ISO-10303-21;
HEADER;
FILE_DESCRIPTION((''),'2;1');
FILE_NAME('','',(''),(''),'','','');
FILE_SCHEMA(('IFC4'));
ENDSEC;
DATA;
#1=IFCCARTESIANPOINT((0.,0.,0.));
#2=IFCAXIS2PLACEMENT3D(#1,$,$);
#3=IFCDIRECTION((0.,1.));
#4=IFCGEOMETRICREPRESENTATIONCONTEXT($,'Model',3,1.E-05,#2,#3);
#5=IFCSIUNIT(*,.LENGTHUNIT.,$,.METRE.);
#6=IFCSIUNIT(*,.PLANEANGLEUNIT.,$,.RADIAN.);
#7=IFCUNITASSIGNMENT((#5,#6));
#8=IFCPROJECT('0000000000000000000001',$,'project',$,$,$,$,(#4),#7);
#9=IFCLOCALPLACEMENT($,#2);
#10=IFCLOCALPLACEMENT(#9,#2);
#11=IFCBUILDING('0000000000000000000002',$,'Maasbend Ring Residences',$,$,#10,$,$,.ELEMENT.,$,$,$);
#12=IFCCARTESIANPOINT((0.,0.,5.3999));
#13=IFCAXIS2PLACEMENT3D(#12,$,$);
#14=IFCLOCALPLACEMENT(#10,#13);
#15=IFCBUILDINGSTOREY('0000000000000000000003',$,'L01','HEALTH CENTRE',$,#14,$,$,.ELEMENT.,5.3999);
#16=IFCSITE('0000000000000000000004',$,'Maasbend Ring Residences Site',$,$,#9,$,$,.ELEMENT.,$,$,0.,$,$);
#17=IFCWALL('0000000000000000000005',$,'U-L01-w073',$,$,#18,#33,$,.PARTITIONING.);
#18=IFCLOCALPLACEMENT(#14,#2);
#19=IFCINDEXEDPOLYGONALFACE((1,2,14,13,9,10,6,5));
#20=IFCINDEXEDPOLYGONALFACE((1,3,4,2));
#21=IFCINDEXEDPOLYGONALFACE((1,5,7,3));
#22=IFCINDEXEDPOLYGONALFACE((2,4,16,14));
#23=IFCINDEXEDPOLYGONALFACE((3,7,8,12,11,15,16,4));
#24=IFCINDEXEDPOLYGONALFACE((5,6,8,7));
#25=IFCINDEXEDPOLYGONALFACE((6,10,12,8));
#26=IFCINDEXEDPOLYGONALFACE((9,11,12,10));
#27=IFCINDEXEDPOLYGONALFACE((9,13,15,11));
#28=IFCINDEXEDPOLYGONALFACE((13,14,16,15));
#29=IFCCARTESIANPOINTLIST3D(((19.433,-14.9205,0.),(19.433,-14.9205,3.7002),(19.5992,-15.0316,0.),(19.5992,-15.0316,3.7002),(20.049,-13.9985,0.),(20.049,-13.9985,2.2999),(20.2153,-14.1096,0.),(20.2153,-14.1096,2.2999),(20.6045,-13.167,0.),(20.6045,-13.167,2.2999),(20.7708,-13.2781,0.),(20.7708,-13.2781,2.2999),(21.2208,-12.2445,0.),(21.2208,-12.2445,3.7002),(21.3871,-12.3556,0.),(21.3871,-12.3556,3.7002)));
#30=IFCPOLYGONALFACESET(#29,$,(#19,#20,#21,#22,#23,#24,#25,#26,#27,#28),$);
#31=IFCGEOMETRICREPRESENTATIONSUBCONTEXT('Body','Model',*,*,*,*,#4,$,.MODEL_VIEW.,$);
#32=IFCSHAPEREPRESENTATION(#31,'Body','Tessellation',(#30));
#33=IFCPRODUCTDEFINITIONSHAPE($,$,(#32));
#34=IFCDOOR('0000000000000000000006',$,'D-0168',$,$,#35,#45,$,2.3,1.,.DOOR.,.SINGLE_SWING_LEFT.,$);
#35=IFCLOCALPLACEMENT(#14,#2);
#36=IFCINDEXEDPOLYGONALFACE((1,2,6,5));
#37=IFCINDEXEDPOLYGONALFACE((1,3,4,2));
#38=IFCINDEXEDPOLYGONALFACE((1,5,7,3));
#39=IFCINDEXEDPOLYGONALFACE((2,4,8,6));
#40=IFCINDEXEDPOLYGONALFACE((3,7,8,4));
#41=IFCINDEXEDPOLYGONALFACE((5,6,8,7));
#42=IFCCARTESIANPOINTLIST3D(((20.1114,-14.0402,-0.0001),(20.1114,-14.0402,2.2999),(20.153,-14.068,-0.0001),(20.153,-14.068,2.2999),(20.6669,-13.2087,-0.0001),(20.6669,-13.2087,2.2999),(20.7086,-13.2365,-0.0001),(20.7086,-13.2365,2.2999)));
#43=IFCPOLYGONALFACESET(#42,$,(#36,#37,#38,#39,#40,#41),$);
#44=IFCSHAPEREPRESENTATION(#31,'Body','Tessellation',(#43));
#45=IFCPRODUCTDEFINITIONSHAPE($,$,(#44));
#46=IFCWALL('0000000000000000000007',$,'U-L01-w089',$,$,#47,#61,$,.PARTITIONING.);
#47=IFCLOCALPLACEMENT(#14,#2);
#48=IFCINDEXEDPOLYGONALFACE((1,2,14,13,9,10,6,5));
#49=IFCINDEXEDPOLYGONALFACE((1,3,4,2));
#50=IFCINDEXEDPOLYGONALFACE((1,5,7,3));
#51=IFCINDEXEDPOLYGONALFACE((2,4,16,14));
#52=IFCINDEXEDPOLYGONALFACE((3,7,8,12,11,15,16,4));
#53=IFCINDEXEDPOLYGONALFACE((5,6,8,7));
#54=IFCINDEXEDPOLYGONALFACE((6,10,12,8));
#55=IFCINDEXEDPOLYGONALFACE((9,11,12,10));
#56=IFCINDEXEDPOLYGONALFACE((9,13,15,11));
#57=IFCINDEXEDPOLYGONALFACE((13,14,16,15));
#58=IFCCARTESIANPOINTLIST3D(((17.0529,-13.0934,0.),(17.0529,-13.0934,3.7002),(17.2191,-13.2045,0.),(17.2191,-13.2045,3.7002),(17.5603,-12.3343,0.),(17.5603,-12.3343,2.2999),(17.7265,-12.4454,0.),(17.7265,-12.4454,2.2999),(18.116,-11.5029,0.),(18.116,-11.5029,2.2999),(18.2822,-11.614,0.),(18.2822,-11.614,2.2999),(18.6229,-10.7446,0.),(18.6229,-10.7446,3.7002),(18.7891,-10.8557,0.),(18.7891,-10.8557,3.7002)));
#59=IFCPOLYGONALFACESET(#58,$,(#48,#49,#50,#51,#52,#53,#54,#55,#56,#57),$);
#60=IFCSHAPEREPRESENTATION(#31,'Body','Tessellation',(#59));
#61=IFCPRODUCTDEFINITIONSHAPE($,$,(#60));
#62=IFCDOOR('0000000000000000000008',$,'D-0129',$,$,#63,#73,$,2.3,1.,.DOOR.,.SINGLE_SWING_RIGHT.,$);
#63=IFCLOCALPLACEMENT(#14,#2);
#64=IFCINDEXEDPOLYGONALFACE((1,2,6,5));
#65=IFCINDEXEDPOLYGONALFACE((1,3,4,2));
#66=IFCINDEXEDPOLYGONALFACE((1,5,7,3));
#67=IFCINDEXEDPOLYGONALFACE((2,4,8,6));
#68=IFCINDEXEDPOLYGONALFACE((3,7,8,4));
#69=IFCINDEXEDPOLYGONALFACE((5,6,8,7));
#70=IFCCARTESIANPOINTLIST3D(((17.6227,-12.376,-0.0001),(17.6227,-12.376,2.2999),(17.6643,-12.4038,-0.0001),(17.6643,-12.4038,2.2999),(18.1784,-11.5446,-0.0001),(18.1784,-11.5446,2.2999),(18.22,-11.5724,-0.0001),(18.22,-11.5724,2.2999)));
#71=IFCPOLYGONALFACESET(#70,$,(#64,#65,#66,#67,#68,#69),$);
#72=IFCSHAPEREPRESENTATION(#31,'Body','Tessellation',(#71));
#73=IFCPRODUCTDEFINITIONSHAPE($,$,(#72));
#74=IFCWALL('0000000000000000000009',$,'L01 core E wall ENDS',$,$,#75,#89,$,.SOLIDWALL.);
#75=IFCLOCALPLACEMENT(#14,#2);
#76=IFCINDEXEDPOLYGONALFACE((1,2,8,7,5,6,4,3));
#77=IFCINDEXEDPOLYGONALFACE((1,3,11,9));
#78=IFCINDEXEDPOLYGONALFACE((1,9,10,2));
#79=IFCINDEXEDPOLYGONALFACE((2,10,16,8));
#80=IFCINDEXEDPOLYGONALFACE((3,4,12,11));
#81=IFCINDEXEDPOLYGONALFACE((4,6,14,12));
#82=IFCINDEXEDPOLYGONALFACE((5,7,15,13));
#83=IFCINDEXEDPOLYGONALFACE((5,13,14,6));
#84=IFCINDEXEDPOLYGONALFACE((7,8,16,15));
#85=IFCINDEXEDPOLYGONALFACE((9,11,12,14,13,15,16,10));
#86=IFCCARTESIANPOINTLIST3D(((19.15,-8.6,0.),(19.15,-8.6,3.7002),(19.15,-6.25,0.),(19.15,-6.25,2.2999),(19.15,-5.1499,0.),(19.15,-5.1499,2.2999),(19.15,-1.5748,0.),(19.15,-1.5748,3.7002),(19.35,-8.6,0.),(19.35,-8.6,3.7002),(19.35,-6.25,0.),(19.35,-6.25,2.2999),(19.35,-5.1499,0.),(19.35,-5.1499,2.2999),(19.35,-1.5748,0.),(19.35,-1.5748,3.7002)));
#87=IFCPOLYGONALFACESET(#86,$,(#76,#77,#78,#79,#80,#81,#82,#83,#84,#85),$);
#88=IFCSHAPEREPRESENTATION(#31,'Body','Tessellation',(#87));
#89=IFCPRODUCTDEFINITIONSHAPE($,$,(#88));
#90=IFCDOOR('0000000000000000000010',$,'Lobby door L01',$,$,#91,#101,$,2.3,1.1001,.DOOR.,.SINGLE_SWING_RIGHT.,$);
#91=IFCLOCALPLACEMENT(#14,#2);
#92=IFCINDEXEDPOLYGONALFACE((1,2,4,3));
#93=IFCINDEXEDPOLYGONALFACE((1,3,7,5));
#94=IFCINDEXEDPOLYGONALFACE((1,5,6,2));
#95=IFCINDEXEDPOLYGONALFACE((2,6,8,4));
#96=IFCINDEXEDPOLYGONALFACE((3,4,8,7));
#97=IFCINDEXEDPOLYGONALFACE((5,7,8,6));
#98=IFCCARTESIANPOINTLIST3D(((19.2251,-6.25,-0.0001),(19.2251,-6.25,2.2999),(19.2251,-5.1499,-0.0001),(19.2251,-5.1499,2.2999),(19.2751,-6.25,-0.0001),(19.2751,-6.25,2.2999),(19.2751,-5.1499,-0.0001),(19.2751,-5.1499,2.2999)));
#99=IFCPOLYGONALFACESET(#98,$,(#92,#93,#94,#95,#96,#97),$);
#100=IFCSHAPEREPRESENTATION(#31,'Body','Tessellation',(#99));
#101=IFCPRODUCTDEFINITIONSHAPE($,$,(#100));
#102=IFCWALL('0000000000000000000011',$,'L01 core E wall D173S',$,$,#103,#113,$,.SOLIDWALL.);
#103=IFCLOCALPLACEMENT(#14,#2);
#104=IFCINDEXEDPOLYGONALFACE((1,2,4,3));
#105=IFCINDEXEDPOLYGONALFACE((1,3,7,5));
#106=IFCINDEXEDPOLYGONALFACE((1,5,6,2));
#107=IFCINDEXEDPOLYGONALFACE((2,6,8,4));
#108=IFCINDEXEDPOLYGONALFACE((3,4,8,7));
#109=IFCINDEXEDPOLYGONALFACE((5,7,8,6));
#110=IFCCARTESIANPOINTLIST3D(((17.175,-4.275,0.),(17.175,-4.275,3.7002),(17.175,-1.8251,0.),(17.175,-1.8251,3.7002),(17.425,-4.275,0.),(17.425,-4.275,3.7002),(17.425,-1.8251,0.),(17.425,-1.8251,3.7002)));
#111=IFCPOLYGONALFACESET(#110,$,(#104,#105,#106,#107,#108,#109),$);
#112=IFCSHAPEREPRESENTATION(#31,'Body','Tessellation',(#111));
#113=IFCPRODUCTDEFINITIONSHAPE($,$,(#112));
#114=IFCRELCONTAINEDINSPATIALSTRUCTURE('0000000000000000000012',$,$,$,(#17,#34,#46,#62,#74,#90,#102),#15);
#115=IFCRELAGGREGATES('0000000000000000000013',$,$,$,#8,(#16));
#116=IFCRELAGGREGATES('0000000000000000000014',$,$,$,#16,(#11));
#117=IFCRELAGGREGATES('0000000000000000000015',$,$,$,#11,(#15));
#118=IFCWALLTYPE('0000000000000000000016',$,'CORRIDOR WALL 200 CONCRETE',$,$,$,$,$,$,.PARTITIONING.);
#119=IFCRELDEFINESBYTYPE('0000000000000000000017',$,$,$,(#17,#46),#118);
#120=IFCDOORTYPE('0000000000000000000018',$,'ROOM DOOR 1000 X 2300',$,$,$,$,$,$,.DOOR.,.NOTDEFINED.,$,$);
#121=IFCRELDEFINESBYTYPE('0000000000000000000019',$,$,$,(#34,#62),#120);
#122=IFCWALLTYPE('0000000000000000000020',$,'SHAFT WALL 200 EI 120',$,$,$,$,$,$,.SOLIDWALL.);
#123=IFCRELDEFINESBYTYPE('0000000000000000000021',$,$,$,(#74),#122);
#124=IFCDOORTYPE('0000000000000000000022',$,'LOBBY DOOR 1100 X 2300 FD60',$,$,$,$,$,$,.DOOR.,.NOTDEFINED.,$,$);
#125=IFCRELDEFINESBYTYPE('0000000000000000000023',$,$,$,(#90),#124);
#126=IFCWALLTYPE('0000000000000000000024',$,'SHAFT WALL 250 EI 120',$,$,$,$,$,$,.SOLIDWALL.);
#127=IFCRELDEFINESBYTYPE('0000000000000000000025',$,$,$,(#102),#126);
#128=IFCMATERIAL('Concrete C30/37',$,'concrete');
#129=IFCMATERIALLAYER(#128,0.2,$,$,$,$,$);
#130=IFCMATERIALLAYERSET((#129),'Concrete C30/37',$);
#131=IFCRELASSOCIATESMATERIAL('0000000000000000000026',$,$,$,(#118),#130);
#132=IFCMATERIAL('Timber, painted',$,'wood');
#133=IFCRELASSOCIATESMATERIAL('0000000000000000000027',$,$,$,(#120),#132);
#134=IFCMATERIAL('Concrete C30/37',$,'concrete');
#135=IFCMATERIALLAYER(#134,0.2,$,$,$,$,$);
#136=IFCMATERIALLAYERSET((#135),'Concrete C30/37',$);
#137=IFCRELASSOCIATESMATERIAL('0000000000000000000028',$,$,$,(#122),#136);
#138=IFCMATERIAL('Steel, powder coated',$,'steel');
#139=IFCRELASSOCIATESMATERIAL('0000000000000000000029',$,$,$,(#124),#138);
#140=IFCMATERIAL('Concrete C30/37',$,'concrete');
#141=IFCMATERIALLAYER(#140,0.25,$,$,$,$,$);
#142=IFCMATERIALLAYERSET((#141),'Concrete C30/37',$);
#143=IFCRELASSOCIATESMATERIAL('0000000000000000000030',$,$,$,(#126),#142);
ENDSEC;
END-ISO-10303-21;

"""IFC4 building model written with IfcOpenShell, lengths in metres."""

from ifc_helpers import new_model, si_unit, direction, frame, frame_2d, origin, place, context, subcontext, project, spatial, rectangle, extrude, material, layer, layer_set, type_object, element, fill, save


model = new_model("IFC4")

# Units and contexts
model_context = context("Model", 3, precision=1e-05, world=origin(), true_north=direction((0.0, 1.0)))
body_context = subcontext(model_context, "Body", "Model", "MODEL_VIEW")
ifc_project = project(units=[si_unit("LENGTHUNIT", "METRE"), si_unit("PLANEANGLEUNIT", "RADIAN")], contexts=[model_context])

# Site, building, storey
site_placement = place(None, origin())
site = spatial("IfcSite", under=ifc_project, at=site_placement, Name="Maasbend Ring Residences Site", CompositionType="ELEMENT", RefElevation=0.0)
building_placement = place(site_placement, origin())
building = spatial("IfcBuilding", under=site, at=building_placement, Name="Maasbend Ring Residences", CompositionType="ELEMENT")
storey_placement = place(building_placement, frame((0.0, 0.0, 5.3999)))
storey = spatial("IfcBuildingStorey", under=building, at=storey_placement, Name="L01", Description="HEALTH CENTRE", CompositionType="ELEMENT", Elevation=5.3999)

# Walls, openings, doors
ifc_material_1 = material(Name="Concrete C30/37", Category="concrete")
ifc_layer_1 = layer(ifc_material_1, 0.2)
ifc_layer_set_1 = layer_set([ifc_layer_1], Name="Concrete C30/37")
wall_type_1 = type_object("IfcWallType", Name="CORRIDOR WALL 200 CONCRETE", PredefinedType="PARTITIONING", material=ifc_layer_set_1)
ifc_material_2 = material(Name="Timber, painted", Category="wood")
door_type_1 = type_object("IfcDoorType", Name="ROOM DOOR 1000 X 2300", OperationType="NOTDEFINED", PredefinedType="DOOR", material=ifc_material_2)
wall_1_placement = place(storey_placement, frame((19.5161, -14.9761, 0.0), z_axis=(0.0, 0.0, 1.0), x_axis=(0.555523, 0.831501, 0.0)))
wall_1 = element("IfcWall", 1, at=wall_1_placement, inside=storey, type_object=wall_type_1, Name="U-L01-w073", PredefinedType="PARTITIONING", context=body_context, shape_type="SweptSolid", body=[
    extrude(rectangle(XDim=3.2183, YDim=0.2, at=frame_2d((1.6091, 0.0))), origin(), (0.0, 0.0, 1.0), 3.7002),
])
opening_1_placement = place(wall_1_placement, frame((1.1089, 0.0, 0.0)))
opening_1 = element("IfcOpeningElement", 2, at=opening_1_placement, cuts=wall_1, PredefinedType="OPENING", context=body_context, shape_type="SweptSolid", body=[
    extrude(rectangle(XDim=1.0, YDim=2.3, at=frame_2d((0.5, 1.1499))), frame((0.0, 0.1099, 0.0), z_axis=(0.0, -1.0, 0.0), x_axis=(1.0, 0.0, 0.0)), (0.0, 0.0, 1.0), 0.22),
])
door_1_placement = place(opening_1_placement, origin())
door_1 = element("IfcDoor", 3, at=door_1_placement, inside=storey, type_object=door_type_1, Name="D-0168", OperationType="SINGLE_SWING_LEFT", OverallHeight=2.3, OverallWidth=1.0, PredefinedType="DOOR", context=body_context, shape_type="SweptSolid", body=[
    extrude(rectangle(XDim=1.0, YDim=2.3, at=frame_2d((0.5, 1.1499))), frame((0.0, 0.0249, 0.0), z_axis=(0.0, -1.0, 0.0), x_axis=(1.0, 0.0, 0.0)), (0.0, 0.0, 1.0), 0.05),
])
fill(opening_1, door_1)
wall_2_placement = place(storey_placement, frame((17.136, -13.1489, 0.0), z_axis=(0.0, 0.0, 1.0), x_axis=(0.555717, 0.831372, 0.0)))
wall_2 = element("IfcWall", 4, at=wall_2_placement, inside=storey, type_object=wall_type_1, Name="U-L01-w089", PredefinedType="PARTITIONING", context=body_context, shape_type="SweptSolid", body=[
    extrude(rectangle(XDim=2.8252, YDim=0.2, at=frame_2d((1.4126, 0.0))), origin(), (0.0, 0.0, 1.0), 3.7002),
])
opening_2_placement = place(wall_2_placement, frame((0.9131, 0.0, 0.0)))
opening_2 = element("IfcOpeningElement", 5, at=opening_2_placement, cuts=wall_2, PredefinedType="OPENING", context=body_context, shape_type="SweptSolid", body=[
    extrude(rectangle(XDim=1.0, YDim=2.3, at=frame_2d((0.5, 1.1499))), frame((0.0, 0.1099, 0.0), z_axis=(0.0, -1.0, 0.0), x_axis=(1.0, 0.0, 0.0)), (0.0, 0.0, 1.0), 0.22),
])
door_2_placement = place(opening_2_placement, origin())
door_2 = element("IfcDoor", 6, at=door_2_placement, inside=storey, type_object=door_type_1, Name="D-0129", OperationType="SINGLE_SWING_RIGHT", OverallHeight=2.3, OverallWidth=1.0, PredefinedType="DOOR", context=body_context, shape_type="SweptSolid", body=[
    extrude(rectangle(XDim=1.0, YDim=2.3, at=frame_2d((0.5, 1.1499))), frame((0.0, 0.0249, 0.0), z_axis=(0.0, -1.0, 0.0), x_axis=(1.0, 0.0, 0.0)), (0.0, 0.0, 1.0), 0.05),
])
fill(opening_2, door_2)
ifc_material_3 = material(Name="Concrete C30/37", Category="concrete")
ifc_layer_2 = layer(ifc_material_3, 0.2)
ifc_layer_set_2 = layer_set([ifc_layer_2], Name="Concrete C30/37")
wall_type_2 = type_object("IfcWallType", Name="SHAFT WALL 200 EI 120", PredefinedType="SOLIDWALL", material=ifc_layer_set_2)
wall_3_placement = place(storey_placement, frame((19.25, -8.6001, 0.0), z_axis=(0.0, 0.0, 1.0), x_axis=(0.0, 1.0, 0.0)))
wall_3 = element("IfcWall", 7, at=wall_3_placement, inside=storey, type_object=wall_type_2, Name="L01 core E wall ENDS", PredefinedType="SOLIDWALL", context=body_context, shape_type="SweptSolid", body=[
    extrude(rectangle(XDim=7.0251, YDim=0.2, at=frame_2d((3.5127, 0.0))), origin(), (0.0, 0.0, 1.0), 3.7002),
])
opening_3_placement = place(wall_3_placement, frame((2.3501, 0.0, 0.0)))
opening_3 = element("IfcOpeningElement", 8, at=opening_3_placement, cuts=wall_3, PredefinedType="OPENING", context=body_context, shape_type="SweptSolid", body=[
    extrude(rectangle(XDim=1.1001, YDim=2.3, at=frame_2d((0.55, 1.1499))), frame((0.0, 0.1099, 0.0), z_axis=(0.0, -1.0, 0.0), x_axis=(1.0, 0.0, 0.0)), (0.0, 0.0, 1.0), 0.22),
])
ifc_material_4 = material(Name="Steel, powder coated", Category="steel")
door_type_2 = type_object("IfcDoorType", Name="LOBBY DOOR 1100 X 2300 FD60", OperationType="NOTDEFINED", PredefinedType="DOOR", material=ifc_material_4)
door_3_placement = place(opening_3_placement, origin())
door_3 = element("IfcDoor", 9, at=door_3_placement, inside=storey, type_object=door_type_2, Name="Lobby door L01", OperationType="SINGLE_SWING_RIGHT", OverallHeight=2.3, OverallWidth=1.1001, PredefinedType="DOOR", context=body_context, shape_type="SweptSolid", body=[
    extrude(rectangle(XDim=1.1001, YDim=2.3, at=frame_2d((0.55, 1.1499))), frame((0.0, 0.0249, 0.0), z_axis=(0.0, -1.0, 0.0), x_axis=(1.0, 0.0, 0.0)), (0.0, 0.0, 1.0), 0.05),
])
fill(opening_3, door_3)

# Wall
ifc_material_5 = material(Name="Concrete C30/37", Category="concrete")
ifc_layer_3 = layer(ifc_material_5, 0.25)
ifc_layer_set_3 = layer_set([ifc_layer_3], Name="Concrete C30/37")
wall_type_3 = type_object("IfcWallType", Name="SHAFT WALL 250 EI 120", PredefinedType="SOLIDWALL", material=ifc_layer_set_3)
wall_4_placement = place(storey_placement, frame((17.3, -1.825, 0.0), z_axis=(0.0, 0.0, 1.0), x_axis=(0.0, -1.0, 0.0)))
element("IfcWall", 10, at=wall_4_placement, inside=storey, type_object=wall_type_3, Name="L01 core E wall D173S", PredefinedType="SOLIDWALL", context=body_context, shape_type="SweptSolid", body=[
    extrude(rectangle(XDim=2.45, YDim=0.25, at=frame_2d((1.2251, 0.0))), origin(), (0.0, 0.0, 1.0), 3.7002),
])

save(model, "model.ifc")
